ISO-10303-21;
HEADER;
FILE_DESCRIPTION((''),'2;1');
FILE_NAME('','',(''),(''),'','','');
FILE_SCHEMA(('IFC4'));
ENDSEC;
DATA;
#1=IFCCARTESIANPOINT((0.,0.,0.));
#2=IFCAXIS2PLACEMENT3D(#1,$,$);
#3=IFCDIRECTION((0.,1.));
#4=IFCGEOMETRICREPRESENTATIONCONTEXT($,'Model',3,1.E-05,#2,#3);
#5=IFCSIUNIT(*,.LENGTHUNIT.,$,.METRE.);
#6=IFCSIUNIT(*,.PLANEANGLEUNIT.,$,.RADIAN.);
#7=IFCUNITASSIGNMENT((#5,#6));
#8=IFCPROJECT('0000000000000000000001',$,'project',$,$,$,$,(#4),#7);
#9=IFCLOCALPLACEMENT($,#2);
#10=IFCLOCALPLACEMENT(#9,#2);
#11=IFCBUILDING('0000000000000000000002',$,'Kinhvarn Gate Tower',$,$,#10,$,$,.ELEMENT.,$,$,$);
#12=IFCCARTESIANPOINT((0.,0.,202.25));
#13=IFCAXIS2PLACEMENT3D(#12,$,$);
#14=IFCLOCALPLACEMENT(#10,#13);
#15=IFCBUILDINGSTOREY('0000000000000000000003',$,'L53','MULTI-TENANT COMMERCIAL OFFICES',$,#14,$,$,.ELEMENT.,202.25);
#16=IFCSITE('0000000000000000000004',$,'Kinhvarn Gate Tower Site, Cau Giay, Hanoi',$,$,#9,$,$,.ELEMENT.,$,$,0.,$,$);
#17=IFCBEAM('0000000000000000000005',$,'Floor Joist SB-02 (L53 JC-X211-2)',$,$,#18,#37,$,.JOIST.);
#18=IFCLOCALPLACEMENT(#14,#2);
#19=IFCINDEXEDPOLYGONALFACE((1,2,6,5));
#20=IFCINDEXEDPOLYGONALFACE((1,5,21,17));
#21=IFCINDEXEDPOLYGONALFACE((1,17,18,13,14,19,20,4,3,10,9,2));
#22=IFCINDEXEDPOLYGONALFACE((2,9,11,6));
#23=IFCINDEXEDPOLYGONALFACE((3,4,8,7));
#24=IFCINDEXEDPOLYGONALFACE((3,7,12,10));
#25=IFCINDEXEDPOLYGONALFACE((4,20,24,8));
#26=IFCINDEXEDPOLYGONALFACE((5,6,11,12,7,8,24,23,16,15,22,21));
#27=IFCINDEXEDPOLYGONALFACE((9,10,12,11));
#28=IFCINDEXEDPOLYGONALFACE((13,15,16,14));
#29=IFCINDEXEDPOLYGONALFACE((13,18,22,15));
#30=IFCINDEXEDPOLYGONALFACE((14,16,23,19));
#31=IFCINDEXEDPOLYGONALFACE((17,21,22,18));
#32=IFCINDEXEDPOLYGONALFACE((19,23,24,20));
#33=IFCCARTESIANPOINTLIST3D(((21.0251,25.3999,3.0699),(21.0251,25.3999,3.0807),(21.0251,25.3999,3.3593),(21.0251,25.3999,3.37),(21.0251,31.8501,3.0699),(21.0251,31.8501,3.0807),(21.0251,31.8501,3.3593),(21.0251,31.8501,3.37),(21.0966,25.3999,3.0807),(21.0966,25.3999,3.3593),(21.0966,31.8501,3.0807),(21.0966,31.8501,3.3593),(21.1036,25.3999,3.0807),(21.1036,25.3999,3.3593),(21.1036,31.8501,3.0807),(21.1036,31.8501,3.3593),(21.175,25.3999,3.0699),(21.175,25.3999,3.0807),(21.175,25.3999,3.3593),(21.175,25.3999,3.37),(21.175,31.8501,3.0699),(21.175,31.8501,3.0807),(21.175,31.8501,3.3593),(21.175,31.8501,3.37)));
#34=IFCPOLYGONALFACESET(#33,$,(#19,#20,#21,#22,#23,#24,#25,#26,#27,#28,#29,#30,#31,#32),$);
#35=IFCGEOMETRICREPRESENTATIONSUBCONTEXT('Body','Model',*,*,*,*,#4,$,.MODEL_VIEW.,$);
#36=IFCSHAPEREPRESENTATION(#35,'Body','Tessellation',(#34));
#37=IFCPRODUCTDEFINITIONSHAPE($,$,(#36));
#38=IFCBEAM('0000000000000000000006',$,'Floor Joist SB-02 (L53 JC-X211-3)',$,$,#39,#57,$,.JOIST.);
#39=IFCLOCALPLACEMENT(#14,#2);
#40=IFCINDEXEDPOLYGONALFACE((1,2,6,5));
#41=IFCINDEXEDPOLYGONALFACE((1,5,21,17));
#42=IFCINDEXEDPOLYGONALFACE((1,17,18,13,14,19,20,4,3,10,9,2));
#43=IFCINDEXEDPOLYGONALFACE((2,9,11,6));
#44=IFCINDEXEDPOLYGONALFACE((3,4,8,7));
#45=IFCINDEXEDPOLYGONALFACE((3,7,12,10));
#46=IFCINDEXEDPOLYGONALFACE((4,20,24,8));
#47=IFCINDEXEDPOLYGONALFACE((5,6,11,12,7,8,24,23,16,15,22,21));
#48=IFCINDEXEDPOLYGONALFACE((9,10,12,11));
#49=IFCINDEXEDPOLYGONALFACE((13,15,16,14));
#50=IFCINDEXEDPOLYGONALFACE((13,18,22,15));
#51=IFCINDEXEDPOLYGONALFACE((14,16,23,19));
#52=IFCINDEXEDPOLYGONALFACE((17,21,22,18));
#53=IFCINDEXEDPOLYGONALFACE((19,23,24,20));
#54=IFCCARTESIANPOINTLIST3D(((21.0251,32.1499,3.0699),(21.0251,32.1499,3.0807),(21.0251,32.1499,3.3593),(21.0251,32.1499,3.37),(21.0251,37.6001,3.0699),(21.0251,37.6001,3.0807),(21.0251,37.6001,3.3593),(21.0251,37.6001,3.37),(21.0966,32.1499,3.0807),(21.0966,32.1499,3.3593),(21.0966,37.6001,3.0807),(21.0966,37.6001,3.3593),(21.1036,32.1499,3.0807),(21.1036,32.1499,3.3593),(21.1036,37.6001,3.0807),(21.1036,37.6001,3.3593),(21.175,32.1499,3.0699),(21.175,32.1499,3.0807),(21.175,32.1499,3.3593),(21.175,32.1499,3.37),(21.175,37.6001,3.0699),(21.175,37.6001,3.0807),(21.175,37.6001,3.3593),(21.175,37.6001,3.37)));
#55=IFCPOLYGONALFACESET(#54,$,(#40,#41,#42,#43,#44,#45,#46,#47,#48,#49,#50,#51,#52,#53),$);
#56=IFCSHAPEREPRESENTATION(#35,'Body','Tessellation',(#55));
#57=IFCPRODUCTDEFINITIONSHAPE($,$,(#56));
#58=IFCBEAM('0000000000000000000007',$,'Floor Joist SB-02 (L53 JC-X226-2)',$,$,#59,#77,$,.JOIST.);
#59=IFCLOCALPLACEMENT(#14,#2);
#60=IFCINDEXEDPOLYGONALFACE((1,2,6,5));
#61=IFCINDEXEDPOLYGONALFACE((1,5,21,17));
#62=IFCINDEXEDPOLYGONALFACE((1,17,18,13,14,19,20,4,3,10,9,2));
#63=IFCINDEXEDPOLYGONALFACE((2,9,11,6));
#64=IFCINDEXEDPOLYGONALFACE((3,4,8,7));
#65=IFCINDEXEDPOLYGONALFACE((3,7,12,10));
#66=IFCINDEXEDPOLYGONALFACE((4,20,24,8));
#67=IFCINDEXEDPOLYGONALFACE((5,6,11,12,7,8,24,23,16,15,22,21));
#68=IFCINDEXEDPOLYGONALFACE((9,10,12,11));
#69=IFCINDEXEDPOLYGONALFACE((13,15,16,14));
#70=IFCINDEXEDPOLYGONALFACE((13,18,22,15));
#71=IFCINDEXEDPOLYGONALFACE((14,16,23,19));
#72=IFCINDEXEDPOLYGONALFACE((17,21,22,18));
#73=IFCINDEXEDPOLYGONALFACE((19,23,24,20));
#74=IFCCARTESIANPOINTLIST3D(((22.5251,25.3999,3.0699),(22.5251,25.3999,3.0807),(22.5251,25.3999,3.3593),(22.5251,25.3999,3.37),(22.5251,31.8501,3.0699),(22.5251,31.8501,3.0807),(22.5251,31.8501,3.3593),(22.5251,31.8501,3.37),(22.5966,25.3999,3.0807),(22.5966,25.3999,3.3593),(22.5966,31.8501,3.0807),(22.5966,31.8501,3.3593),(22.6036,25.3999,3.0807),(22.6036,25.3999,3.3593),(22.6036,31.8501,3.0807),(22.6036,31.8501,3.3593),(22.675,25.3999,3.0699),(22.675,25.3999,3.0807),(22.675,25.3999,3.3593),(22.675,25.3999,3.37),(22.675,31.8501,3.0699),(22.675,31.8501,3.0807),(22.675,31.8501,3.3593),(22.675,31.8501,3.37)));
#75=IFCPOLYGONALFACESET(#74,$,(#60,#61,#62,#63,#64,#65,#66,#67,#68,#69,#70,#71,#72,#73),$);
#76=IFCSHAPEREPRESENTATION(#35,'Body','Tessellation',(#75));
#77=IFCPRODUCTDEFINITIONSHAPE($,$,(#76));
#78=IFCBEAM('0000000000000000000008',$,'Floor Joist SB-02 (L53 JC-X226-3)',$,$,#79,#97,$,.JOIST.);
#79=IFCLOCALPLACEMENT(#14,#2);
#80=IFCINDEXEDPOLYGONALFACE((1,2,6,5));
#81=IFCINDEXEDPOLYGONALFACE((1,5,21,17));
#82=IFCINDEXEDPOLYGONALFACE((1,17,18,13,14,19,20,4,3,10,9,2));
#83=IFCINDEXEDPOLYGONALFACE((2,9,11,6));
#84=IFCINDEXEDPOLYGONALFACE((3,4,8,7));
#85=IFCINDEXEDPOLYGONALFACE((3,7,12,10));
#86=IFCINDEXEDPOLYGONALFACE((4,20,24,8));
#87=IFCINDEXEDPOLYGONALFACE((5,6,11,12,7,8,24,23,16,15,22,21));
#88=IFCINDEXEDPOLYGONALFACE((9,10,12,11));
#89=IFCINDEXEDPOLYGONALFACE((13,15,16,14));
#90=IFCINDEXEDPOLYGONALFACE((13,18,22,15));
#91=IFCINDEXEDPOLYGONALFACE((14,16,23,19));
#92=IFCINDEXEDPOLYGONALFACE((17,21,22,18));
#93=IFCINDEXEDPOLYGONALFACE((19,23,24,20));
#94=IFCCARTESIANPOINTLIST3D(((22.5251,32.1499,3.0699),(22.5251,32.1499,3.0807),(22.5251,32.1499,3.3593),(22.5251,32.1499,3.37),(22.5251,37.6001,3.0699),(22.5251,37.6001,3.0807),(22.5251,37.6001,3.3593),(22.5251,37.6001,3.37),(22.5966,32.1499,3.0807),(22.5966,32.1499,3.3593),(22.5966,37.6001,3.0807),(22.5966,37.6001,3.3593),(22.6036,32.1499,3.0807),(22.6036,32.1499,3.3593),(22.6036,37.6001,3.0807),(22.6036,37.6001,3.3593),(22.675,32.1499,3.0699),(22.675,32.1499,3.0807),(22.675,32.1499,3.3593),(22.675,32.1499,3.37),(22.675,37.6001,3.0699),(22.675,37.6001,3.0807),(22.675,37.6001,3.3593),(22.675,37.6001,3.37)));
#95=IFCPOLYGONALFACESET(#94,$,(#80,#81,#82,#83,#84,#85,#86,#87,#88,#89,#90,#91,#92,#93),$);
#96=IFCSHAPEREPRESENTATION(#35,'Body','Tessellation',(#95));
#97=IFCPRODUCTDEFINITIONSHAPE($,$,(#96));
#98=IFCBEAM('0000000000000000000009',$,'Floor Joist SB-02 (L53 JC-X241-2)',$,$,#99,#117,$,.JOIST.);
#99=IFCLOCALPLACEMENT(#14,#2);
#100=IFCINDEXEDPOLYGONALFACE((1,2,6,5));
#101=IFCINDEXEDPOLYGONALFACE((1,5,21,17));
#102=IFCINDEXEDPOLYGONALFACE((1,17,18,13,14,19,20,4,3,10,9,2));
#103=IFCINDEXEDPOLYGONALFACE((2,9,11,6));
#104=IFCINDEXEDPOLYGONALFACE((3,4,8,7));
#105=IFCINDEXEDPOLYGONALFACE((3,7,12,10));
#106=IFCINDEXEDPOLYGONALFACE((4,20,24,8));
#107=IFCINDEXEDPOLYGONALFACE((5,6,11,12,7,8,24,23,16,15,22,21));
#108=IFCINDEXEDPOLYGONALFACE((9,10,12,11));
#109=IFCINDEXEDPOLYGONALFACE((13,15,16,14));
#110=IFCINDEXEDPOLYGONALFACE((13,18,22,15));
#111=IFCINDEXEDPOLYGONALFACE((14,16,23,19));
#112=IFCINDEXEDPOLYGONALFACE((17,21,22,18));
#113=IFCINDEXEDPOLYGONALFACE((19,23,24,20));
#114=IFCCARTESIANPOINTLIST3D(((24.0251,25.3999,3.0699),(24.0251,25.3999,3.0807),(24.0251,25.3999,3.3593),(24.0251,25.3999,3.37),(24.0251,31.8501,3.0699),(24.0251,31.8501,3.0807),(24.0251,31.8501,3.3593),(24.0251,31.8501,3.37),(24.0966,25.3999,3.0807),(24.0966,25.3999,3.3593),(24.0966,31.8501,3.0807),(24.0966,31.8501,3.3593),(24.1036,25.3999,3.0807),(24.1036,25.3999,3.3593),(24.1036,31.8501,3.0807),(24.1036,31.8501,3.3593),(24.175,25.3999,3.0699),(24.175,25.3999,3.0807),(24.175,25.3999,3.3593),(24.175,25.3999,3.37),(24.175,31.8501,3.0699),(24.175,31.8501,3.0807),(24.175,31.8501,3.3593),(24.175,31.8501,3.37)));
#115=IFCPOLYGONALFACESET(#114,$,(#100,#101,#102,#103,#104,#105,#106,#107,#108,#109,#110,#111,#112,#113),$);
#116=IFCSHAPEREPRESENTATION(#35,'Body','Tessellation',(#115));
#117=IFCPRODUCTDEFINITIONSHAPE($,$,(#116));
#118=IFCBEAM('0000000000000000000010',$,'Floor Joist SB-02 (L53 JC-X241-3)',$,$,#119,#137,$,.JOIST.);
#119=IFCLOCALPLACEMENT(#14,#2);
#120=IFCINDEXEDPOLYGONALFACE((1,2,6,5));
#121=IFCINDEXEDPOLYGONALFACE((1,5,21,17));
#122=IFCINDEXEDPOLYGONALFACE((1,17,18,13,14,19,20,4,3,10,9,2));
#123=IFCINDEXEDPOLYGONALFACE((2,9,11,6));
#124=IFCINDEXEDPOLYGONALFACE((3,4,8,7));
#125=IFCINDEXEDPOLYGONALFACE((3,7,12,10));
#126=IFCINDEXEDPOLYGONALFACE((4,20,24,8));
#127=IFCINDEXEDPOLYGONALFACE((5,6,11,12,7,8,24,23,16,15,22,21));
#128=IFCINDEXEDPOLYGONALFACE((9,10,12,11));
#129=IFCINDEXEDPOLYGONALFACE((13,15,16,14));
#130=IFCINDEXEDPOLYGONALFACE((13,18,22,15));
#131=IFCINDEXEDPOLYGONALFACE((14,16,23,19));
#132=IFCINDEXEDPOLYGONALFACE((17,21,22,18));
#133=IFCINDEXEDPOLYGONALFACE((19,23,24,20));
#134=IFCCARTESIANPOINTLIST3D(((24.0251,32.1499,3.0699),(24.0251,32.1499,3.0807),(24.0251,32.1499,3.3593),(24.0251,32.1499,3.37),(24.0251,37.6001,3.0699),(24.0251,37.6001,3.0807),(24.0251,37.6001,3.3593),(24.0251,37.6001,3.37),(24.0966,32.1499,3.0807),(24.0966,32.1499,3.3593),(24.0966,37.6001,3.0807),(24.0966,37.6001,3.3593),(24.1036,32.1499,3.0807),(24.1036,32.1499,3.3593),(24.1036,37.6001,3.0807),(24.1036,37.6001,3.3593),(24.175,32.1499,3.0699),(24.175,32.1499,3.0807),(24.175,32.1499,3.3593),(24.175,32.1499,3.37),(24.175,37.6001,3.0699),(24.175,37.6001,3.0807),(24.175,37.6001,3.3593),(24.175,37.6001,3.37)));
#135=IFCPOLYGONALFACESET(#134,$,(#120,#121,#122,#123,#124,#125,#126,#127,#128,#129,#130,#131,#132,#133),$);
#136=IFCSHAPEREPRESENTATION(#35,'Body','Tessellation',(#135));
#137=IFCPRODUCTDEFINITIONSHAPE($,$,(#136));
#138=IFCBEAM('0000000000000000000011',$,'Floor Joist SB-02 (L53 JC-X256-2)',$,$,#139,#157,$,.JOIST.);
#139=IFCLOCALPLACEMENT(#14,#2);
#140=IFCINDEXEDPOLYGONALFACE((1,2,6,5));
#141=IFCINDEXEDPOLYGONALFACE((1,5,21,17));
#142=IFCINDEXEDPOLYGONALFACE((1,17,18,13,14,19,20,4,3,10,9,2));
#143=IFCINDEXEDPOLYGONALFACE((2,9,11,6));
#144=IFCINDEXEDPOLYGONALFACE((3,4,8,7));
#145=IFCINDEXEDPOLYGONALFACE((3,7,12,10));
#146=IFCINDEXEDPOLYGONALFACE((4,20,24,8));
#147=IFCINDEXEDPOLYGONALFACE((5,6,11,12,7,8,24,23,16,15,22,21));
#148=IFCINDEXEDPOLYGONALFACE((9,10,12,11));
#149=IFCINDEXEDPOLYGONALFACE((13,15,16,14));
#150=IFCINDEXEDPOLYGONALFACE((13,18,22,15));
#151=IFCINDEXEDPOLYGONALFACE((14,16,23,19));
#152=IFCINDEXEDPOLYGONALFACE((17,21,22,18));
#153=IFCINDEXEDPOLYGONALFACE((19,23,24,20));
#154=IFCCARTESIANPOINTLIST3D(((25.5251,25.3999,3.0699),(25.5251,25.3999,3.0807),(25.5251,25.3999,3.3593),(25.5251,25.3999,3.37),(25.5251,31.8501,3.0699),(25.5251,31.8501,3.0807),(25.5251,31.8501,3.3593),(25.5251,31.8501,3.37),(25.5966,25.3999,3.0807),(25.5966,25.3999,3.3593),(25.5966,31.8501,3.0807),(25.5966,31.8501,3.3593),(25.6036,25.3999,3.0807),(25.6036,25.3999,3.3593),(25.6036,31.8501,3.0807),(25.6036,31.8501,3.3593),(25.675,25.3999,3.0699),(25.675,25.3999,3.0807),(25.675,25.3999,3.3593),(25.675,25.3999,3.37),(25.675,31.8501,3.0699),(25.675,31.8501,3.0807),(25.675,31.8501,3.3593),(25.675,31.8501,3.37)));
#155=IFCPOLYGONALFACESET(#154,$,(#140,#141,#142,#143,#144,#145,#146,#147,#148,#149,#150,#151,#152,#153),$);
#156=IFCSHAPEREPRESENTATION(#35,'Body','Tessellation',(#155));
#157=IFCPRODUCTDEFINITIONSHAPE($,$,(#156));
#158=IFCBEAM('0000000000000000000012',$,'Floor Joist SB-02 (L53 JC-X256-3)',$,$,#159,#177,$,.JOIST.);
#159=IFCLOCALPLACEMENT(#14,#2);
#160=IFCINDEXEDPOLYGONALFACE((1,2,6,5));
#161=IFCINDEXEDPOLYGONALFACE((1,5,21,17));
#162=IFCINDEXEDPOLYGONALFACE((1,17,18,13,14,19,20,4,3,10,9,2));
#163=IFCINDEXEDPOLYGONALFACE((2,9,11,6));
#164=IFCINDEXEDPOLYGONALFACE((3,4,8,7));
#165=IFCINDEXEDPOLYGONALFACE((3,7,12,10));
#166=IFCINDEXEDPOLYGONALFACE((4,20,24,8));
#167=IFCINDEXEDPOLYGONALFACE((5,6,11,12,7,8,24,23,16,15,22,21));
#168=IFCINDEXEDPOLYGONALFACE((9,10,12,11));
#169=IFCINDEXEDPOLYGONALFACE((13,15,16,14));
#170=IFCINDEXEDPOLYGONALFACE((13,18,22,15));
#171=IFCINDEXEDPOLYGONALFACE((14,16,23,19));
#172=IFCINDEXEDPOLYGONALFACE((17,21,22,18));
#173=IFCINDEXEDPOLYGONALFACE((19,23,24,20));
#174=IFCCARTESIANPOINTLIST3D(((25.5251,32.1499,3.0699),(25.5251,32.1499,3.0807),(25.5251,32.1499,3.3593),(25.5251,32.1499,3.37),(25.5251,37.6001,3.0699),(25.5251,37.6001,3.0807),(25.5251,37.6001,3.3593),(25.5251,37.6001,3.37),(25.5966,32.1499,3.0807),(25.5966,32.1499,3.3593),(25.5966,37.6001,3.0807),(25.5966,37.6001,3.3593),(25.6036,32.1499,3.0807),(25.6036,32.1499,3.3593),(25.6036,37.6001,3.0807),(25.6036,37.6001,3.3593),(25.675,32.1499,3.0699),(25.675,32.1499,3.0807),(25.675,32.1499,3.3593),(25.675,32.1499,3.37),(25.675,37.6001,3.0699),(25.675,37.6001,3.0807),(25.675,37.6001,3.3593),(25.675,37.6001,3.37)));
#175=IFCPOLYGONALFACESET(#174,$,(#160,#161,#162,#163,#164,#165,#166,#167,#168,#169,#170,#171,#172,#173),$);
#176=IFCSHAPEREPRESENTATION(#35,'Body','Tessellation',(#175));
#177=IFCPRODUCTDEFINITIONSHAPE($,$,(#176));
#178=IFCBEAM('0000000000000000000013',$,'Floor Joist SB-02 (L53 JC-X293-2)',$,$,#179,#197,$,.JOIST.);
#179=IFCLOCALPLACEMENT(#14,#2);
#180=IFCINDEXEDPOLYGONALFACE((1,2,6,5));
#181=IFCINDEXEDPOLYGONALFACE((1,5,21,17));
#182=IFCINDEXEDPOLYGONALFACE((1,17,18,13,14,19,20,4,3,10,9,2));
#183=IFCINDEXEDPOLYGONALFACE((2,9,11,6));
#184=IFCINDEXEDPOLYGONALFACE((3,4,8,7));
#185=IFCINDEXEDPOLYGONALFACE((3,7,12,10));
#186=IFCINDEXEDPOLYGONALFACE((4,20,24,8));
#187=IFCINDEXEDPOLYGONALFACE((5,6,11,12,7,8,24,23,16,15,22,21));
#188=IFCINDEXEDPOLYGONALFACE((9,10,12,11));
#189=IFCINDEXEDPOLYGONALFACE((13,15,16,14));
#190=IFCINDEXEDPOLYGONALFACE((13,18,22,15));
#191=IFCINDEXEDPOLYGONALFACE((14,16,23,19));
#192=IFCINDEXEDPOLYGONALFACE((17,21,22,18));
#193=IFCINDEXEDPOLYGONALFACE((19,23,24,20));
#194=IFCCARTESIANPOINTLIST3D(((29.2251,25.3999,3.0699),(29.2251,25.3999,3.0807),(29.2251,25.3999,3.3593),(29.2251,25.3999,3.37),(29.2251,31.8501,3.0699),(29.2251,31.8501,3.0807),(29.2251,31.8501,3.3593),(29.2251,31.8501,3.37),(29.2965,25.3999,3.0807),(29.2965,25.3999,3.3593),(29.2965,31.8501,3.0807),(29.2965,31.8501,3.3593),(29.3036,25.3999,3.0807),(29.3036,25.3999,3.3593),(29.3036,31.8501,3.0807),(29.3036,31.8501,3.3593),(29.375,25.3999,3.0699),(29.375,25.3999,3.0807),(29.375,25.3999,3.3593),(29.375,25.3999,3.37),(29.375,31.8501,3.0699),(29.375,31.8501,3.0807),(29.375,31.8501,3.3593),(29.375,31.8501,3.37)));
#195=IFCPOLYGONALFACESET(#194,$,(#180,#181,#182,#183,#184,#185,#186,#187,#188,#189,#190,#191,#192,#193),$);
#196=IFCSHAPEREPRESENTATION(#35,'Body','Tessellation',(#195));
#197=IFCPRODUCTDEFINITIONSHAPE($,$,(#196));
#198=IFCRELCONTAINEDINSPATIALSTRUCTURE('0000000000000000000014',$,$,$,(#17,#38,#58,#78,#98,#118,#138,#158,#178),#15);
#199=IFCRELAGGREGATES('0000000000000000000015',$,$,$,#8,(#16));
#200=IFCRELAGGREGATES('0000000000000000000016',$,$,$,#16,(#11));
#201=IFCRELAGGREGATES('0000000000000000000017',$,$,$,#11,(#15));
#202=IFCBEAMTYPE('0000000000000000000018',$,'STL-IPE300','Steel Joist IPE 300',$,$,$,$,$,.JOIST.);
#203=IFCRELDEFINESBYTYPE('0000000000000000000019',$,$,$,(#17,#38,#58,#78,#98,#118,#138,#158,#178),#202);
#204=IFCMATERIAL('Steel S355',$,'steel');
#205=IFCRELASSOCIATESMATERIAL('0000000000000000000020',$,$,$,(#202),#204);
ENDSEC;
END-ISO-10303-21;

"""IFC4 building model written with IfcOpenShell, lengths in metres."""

from ifc_helpers import new_model, si_unit, direction, frame, origin, origin_2d, place, context, subcontext, project, spatial, i_section, extrude, material, material_profile, profile_set, type_object, element, save


model = new_model("IFC4")

# Units and contexts
model_context = context("Model", 3, precision=1e-05, world=origin(), true_north=direction((0.0, 1.0)))
body_context = subcontext(model_context, "Body", "Model", "MODEL_VIEW")
ifc_project = project(units=[si_unit("LENGTHUNIT", "METRE"), si_unit("PLANEANGLEUNIT", "RADIAN")], contexts=[model_context])

# Site, building, storey
site_placement = place(None, origin())
site = spatial("IfcSite", under=ifc_project, at=site_placement, Name="Kinhvarn Gate Tower Site, Cau Giay, Hanoi", CompositionType="ELEMENT", RefElevation=0.0)
building_placement = place(site_placement, origin())
building = spatial("IfcBuilding", under=site, at=building_placement, Name="Kinhvarn Gate Tower", CompositionType="ELEMENT")
storey_placement = place(building_placement, frame((0.0, 0.0, 202.25)))
storey = spatial("IfcBuildingStorey", under=building, at=storey_placement, Name="L53", Description="MULTI-TENANT COMMERCIAL OFFICES", CompositionType="ELEMENT", Elevation=202.25)

# Beams
ifc_material_1 = material(Name="Steel S355", Category="steel")
ifc_material_profile = material_profile(ifc_material_1, i_section(OverallWidth=0.1499, OverallDepth=0.3, WebThickness=0.0071, FlangeThickness=0.0107, at=origin_2d()), Name="IPE 300")
ifc_profile_set = profile_set([ifc_material_profile], Name="Steel S355")
beam_type = type_object("IfcBeamType", Name="STL-IPE300", Description="Steel Joist IPE 300", PredefinedType="JOIST", material=ifc_profile_set)
beam_1_placement = place(storey_placement, frame((21.1001, 25.3999, 3.22), z_axis=(0.0, 1.0, 0.0), x_axis=(-1.0, 0.0, 0.0)))
element("IfcBeam", 1, at=beam_1_placement, inside=storey, type_object=beam_type, Name="Floor Joist SB-02 (L53 JC-X211-2)", PredefinedType="JOIST", context=body_context, shape_type="SweptSolid", body=[
    extrude(i_section(OverallWidth=0.1499, OverallDepth=0.3, WebThickness=0.0071, FlangeThickness=0.0107, at=origin_2d()), origin(), (0.0, 0.0, 1.0), 6.4502),
])
beam_2_placement = place(storey_placement, frame((21.1001, 32.1499, 3.22), z_axis=(0.0, 1.0, 0.0), x_axis=(-1.0, 0.0, 0.0)))
element("IfcBeam", 2, at=beam_2_placement, inside=storey, type_object=beam_type, Name="Floor Joist SB-02 (L53 JC-X211-3)", PredefinedType="JOIST", context=body_context, shape_type="SweptSolid", body=[
    extrude(i_section(OverallWidth=0.1499, OverallDepth=0.3, WebThickness=0.0071, FlangeThickness=0.0107, at=origin_2d()), origin(), (0.0, 0.0, 1.0), 5.4502),
])
beam_3_placement = place(storey_placement, frame((22.6001, 25.3999, 3.22), z_axis=(0.0, 1.0, 0.0), x_axis=(-1.0, 0.0, 0.0)))
element("IfcBeam", 3, at=beam_3_placement, inside=storey, type_object=beam_type, Name="Floor Joist SB-02 (L53 JC-X226-2)", PredefinedType="JOIST", context=body_context, shape_type="SweptSolid", body=[
    extrude(i_section(OverallWidth=0.1499, OverallDepth=0.3, WebThickness=0.0071, FlangeThickness=0.0107, at=origin_2d()), origin(), (0.0, 0.0, 1.0), 6.4502),
])
beam_4_placement = place(storey_placement, frame((22.6001, 32.1499, 3.22), z_axis=(0.0, 1.0, 0.0), x_axis=(-1.0, 0.0, 0.0)))
element("IfcBeam", 4, at=beam_4_placement, inside=storey, type_object=beam_type, Name="Floor Joist SB-02 (L53 JC-X226-3)", PredefinedType="JOIST", context=body_context, shape_type="SweptSolid", body=[
    extrude(i_section(OverallWidth=0.1499, OverallDepth=0.3, WebThickness=0.0071, FlangeThickness=0.0107, at=origin_2d()), origin(), (0.0, 0.0, 1.0), 5.4502),
])
beam_5_placement = place(storey_placement, frame((24.1001, 25.3999, 3.22), z_axis=(0.0, 1.0, 0.0), x_axis=(-1.0, 0.0, 0.0)))
element("IfcBeam", 5, at=beam_5_placement, inside=storey, type_object=beam_type, Name="Floor Joist SB-02 (L53 JC-X241-2)", PredefinedType="JOIST", context=body_context, shape_type="SweptSolid", body=[
    extrude(i_section(OverallWidth=0.1499, OverallDepth=0.3, WebThickness=0.0071, FlangeThickness=0.0107, at=origin_2d()), origin(), (0.0, 0.0, 1.0), 6.4502),
])
beam_6_placement = place(storey_placement, frame((24.1001, 32.1499, 3.22), z_axis=(0.0, 1.0, 0.0), x_axis=(-1.0, 0.0, 0.0)))
element("IfcBeam", 6, at=beam_6_placement, inside=storey, type_object=beam_type, Name="Floor Joist SB-02 (L53 JC-X241-3)", PredefinedType="JOIST", context=body_context, shape_type="SweptSolid", body=[
    extrude(i_section(OverallWidth=0.1499, OverallDepth=0.3, WebThickness=0.0071, FlangeThickness=0.0107, at=origin_2d()), origin(), (0.0, 0.0, 1.0), 5.4502),
])
beam_7_placement = place(storey_placement, frame((25.6001, 25.3999, 3.22), z_axis=(0.0, 1.0, 0.0), x_axis=(-1.0, 0.0, 0.0)))
element("IfcBeam", 7, at=beam_7_placement, inside=storey, type_object=beam_type, Name="Floor Joist SB-02 (L53 JC-X256-2)", PredefinedType="JOIST", context=body_context, shape_type="SweptSolid", body=[
    extrude(i_section(OverallWidth=0.1499, OverallDepth=0.3, WebThickness=0.0071, FlangeThickness=0.0107, at=origin_2d()), origin(), (0.0, 0.0, 1.0), 6.4502),
])
beam_8_placement = place(storey_placement, frame((25.6001, 32.1499, 3.22), z_axis=(0.0, 1.0, 0.0), x_axis=(-1.0, 0.0, 0.0)))
element("IfcBeam", 8, at=beam_8_placement, inside=storey, type_object=beam_type, Name="Floor Joist SB-02 (L53 JC-X256-3)", PredefinedType="JOIST", context=body_context, shape_type="SweptSolid", body=[
    extrude(i_section(OverallWidth=0.1499, OverallDepth=0.3, WebThickness=0.0071, FlangeThickness=0.0107, at=origin_2d()), origin(), (0.0, 0.0, 1.0), 5.4502),
])
beam_9_placement = place(storey_placement, frame((29.3, 25.3999, 3.22), z_axis=(0.0, 1.0, 0.0), x_axis=(-1.0, 0.0, 0.0)))
element("IfcBeam", 9, at=beam_9_placement, inside=storey, type_object=beam_type, Name="Floor Joist SB-02 (L53 JC-X293-2)", PredefinedType="JOIST", context=body_context, shape_type="SweptSolid", body=[
    extrude(i_section(OverallWidth=0.1499, OverallDepth=0.3, WebThickness=0.0071, FlangeThickness=0.0107, at=origin_2d()), origin(), (0.0, 0.0, 1.0), 6.4502),
])

save(model, "model.ifc")
